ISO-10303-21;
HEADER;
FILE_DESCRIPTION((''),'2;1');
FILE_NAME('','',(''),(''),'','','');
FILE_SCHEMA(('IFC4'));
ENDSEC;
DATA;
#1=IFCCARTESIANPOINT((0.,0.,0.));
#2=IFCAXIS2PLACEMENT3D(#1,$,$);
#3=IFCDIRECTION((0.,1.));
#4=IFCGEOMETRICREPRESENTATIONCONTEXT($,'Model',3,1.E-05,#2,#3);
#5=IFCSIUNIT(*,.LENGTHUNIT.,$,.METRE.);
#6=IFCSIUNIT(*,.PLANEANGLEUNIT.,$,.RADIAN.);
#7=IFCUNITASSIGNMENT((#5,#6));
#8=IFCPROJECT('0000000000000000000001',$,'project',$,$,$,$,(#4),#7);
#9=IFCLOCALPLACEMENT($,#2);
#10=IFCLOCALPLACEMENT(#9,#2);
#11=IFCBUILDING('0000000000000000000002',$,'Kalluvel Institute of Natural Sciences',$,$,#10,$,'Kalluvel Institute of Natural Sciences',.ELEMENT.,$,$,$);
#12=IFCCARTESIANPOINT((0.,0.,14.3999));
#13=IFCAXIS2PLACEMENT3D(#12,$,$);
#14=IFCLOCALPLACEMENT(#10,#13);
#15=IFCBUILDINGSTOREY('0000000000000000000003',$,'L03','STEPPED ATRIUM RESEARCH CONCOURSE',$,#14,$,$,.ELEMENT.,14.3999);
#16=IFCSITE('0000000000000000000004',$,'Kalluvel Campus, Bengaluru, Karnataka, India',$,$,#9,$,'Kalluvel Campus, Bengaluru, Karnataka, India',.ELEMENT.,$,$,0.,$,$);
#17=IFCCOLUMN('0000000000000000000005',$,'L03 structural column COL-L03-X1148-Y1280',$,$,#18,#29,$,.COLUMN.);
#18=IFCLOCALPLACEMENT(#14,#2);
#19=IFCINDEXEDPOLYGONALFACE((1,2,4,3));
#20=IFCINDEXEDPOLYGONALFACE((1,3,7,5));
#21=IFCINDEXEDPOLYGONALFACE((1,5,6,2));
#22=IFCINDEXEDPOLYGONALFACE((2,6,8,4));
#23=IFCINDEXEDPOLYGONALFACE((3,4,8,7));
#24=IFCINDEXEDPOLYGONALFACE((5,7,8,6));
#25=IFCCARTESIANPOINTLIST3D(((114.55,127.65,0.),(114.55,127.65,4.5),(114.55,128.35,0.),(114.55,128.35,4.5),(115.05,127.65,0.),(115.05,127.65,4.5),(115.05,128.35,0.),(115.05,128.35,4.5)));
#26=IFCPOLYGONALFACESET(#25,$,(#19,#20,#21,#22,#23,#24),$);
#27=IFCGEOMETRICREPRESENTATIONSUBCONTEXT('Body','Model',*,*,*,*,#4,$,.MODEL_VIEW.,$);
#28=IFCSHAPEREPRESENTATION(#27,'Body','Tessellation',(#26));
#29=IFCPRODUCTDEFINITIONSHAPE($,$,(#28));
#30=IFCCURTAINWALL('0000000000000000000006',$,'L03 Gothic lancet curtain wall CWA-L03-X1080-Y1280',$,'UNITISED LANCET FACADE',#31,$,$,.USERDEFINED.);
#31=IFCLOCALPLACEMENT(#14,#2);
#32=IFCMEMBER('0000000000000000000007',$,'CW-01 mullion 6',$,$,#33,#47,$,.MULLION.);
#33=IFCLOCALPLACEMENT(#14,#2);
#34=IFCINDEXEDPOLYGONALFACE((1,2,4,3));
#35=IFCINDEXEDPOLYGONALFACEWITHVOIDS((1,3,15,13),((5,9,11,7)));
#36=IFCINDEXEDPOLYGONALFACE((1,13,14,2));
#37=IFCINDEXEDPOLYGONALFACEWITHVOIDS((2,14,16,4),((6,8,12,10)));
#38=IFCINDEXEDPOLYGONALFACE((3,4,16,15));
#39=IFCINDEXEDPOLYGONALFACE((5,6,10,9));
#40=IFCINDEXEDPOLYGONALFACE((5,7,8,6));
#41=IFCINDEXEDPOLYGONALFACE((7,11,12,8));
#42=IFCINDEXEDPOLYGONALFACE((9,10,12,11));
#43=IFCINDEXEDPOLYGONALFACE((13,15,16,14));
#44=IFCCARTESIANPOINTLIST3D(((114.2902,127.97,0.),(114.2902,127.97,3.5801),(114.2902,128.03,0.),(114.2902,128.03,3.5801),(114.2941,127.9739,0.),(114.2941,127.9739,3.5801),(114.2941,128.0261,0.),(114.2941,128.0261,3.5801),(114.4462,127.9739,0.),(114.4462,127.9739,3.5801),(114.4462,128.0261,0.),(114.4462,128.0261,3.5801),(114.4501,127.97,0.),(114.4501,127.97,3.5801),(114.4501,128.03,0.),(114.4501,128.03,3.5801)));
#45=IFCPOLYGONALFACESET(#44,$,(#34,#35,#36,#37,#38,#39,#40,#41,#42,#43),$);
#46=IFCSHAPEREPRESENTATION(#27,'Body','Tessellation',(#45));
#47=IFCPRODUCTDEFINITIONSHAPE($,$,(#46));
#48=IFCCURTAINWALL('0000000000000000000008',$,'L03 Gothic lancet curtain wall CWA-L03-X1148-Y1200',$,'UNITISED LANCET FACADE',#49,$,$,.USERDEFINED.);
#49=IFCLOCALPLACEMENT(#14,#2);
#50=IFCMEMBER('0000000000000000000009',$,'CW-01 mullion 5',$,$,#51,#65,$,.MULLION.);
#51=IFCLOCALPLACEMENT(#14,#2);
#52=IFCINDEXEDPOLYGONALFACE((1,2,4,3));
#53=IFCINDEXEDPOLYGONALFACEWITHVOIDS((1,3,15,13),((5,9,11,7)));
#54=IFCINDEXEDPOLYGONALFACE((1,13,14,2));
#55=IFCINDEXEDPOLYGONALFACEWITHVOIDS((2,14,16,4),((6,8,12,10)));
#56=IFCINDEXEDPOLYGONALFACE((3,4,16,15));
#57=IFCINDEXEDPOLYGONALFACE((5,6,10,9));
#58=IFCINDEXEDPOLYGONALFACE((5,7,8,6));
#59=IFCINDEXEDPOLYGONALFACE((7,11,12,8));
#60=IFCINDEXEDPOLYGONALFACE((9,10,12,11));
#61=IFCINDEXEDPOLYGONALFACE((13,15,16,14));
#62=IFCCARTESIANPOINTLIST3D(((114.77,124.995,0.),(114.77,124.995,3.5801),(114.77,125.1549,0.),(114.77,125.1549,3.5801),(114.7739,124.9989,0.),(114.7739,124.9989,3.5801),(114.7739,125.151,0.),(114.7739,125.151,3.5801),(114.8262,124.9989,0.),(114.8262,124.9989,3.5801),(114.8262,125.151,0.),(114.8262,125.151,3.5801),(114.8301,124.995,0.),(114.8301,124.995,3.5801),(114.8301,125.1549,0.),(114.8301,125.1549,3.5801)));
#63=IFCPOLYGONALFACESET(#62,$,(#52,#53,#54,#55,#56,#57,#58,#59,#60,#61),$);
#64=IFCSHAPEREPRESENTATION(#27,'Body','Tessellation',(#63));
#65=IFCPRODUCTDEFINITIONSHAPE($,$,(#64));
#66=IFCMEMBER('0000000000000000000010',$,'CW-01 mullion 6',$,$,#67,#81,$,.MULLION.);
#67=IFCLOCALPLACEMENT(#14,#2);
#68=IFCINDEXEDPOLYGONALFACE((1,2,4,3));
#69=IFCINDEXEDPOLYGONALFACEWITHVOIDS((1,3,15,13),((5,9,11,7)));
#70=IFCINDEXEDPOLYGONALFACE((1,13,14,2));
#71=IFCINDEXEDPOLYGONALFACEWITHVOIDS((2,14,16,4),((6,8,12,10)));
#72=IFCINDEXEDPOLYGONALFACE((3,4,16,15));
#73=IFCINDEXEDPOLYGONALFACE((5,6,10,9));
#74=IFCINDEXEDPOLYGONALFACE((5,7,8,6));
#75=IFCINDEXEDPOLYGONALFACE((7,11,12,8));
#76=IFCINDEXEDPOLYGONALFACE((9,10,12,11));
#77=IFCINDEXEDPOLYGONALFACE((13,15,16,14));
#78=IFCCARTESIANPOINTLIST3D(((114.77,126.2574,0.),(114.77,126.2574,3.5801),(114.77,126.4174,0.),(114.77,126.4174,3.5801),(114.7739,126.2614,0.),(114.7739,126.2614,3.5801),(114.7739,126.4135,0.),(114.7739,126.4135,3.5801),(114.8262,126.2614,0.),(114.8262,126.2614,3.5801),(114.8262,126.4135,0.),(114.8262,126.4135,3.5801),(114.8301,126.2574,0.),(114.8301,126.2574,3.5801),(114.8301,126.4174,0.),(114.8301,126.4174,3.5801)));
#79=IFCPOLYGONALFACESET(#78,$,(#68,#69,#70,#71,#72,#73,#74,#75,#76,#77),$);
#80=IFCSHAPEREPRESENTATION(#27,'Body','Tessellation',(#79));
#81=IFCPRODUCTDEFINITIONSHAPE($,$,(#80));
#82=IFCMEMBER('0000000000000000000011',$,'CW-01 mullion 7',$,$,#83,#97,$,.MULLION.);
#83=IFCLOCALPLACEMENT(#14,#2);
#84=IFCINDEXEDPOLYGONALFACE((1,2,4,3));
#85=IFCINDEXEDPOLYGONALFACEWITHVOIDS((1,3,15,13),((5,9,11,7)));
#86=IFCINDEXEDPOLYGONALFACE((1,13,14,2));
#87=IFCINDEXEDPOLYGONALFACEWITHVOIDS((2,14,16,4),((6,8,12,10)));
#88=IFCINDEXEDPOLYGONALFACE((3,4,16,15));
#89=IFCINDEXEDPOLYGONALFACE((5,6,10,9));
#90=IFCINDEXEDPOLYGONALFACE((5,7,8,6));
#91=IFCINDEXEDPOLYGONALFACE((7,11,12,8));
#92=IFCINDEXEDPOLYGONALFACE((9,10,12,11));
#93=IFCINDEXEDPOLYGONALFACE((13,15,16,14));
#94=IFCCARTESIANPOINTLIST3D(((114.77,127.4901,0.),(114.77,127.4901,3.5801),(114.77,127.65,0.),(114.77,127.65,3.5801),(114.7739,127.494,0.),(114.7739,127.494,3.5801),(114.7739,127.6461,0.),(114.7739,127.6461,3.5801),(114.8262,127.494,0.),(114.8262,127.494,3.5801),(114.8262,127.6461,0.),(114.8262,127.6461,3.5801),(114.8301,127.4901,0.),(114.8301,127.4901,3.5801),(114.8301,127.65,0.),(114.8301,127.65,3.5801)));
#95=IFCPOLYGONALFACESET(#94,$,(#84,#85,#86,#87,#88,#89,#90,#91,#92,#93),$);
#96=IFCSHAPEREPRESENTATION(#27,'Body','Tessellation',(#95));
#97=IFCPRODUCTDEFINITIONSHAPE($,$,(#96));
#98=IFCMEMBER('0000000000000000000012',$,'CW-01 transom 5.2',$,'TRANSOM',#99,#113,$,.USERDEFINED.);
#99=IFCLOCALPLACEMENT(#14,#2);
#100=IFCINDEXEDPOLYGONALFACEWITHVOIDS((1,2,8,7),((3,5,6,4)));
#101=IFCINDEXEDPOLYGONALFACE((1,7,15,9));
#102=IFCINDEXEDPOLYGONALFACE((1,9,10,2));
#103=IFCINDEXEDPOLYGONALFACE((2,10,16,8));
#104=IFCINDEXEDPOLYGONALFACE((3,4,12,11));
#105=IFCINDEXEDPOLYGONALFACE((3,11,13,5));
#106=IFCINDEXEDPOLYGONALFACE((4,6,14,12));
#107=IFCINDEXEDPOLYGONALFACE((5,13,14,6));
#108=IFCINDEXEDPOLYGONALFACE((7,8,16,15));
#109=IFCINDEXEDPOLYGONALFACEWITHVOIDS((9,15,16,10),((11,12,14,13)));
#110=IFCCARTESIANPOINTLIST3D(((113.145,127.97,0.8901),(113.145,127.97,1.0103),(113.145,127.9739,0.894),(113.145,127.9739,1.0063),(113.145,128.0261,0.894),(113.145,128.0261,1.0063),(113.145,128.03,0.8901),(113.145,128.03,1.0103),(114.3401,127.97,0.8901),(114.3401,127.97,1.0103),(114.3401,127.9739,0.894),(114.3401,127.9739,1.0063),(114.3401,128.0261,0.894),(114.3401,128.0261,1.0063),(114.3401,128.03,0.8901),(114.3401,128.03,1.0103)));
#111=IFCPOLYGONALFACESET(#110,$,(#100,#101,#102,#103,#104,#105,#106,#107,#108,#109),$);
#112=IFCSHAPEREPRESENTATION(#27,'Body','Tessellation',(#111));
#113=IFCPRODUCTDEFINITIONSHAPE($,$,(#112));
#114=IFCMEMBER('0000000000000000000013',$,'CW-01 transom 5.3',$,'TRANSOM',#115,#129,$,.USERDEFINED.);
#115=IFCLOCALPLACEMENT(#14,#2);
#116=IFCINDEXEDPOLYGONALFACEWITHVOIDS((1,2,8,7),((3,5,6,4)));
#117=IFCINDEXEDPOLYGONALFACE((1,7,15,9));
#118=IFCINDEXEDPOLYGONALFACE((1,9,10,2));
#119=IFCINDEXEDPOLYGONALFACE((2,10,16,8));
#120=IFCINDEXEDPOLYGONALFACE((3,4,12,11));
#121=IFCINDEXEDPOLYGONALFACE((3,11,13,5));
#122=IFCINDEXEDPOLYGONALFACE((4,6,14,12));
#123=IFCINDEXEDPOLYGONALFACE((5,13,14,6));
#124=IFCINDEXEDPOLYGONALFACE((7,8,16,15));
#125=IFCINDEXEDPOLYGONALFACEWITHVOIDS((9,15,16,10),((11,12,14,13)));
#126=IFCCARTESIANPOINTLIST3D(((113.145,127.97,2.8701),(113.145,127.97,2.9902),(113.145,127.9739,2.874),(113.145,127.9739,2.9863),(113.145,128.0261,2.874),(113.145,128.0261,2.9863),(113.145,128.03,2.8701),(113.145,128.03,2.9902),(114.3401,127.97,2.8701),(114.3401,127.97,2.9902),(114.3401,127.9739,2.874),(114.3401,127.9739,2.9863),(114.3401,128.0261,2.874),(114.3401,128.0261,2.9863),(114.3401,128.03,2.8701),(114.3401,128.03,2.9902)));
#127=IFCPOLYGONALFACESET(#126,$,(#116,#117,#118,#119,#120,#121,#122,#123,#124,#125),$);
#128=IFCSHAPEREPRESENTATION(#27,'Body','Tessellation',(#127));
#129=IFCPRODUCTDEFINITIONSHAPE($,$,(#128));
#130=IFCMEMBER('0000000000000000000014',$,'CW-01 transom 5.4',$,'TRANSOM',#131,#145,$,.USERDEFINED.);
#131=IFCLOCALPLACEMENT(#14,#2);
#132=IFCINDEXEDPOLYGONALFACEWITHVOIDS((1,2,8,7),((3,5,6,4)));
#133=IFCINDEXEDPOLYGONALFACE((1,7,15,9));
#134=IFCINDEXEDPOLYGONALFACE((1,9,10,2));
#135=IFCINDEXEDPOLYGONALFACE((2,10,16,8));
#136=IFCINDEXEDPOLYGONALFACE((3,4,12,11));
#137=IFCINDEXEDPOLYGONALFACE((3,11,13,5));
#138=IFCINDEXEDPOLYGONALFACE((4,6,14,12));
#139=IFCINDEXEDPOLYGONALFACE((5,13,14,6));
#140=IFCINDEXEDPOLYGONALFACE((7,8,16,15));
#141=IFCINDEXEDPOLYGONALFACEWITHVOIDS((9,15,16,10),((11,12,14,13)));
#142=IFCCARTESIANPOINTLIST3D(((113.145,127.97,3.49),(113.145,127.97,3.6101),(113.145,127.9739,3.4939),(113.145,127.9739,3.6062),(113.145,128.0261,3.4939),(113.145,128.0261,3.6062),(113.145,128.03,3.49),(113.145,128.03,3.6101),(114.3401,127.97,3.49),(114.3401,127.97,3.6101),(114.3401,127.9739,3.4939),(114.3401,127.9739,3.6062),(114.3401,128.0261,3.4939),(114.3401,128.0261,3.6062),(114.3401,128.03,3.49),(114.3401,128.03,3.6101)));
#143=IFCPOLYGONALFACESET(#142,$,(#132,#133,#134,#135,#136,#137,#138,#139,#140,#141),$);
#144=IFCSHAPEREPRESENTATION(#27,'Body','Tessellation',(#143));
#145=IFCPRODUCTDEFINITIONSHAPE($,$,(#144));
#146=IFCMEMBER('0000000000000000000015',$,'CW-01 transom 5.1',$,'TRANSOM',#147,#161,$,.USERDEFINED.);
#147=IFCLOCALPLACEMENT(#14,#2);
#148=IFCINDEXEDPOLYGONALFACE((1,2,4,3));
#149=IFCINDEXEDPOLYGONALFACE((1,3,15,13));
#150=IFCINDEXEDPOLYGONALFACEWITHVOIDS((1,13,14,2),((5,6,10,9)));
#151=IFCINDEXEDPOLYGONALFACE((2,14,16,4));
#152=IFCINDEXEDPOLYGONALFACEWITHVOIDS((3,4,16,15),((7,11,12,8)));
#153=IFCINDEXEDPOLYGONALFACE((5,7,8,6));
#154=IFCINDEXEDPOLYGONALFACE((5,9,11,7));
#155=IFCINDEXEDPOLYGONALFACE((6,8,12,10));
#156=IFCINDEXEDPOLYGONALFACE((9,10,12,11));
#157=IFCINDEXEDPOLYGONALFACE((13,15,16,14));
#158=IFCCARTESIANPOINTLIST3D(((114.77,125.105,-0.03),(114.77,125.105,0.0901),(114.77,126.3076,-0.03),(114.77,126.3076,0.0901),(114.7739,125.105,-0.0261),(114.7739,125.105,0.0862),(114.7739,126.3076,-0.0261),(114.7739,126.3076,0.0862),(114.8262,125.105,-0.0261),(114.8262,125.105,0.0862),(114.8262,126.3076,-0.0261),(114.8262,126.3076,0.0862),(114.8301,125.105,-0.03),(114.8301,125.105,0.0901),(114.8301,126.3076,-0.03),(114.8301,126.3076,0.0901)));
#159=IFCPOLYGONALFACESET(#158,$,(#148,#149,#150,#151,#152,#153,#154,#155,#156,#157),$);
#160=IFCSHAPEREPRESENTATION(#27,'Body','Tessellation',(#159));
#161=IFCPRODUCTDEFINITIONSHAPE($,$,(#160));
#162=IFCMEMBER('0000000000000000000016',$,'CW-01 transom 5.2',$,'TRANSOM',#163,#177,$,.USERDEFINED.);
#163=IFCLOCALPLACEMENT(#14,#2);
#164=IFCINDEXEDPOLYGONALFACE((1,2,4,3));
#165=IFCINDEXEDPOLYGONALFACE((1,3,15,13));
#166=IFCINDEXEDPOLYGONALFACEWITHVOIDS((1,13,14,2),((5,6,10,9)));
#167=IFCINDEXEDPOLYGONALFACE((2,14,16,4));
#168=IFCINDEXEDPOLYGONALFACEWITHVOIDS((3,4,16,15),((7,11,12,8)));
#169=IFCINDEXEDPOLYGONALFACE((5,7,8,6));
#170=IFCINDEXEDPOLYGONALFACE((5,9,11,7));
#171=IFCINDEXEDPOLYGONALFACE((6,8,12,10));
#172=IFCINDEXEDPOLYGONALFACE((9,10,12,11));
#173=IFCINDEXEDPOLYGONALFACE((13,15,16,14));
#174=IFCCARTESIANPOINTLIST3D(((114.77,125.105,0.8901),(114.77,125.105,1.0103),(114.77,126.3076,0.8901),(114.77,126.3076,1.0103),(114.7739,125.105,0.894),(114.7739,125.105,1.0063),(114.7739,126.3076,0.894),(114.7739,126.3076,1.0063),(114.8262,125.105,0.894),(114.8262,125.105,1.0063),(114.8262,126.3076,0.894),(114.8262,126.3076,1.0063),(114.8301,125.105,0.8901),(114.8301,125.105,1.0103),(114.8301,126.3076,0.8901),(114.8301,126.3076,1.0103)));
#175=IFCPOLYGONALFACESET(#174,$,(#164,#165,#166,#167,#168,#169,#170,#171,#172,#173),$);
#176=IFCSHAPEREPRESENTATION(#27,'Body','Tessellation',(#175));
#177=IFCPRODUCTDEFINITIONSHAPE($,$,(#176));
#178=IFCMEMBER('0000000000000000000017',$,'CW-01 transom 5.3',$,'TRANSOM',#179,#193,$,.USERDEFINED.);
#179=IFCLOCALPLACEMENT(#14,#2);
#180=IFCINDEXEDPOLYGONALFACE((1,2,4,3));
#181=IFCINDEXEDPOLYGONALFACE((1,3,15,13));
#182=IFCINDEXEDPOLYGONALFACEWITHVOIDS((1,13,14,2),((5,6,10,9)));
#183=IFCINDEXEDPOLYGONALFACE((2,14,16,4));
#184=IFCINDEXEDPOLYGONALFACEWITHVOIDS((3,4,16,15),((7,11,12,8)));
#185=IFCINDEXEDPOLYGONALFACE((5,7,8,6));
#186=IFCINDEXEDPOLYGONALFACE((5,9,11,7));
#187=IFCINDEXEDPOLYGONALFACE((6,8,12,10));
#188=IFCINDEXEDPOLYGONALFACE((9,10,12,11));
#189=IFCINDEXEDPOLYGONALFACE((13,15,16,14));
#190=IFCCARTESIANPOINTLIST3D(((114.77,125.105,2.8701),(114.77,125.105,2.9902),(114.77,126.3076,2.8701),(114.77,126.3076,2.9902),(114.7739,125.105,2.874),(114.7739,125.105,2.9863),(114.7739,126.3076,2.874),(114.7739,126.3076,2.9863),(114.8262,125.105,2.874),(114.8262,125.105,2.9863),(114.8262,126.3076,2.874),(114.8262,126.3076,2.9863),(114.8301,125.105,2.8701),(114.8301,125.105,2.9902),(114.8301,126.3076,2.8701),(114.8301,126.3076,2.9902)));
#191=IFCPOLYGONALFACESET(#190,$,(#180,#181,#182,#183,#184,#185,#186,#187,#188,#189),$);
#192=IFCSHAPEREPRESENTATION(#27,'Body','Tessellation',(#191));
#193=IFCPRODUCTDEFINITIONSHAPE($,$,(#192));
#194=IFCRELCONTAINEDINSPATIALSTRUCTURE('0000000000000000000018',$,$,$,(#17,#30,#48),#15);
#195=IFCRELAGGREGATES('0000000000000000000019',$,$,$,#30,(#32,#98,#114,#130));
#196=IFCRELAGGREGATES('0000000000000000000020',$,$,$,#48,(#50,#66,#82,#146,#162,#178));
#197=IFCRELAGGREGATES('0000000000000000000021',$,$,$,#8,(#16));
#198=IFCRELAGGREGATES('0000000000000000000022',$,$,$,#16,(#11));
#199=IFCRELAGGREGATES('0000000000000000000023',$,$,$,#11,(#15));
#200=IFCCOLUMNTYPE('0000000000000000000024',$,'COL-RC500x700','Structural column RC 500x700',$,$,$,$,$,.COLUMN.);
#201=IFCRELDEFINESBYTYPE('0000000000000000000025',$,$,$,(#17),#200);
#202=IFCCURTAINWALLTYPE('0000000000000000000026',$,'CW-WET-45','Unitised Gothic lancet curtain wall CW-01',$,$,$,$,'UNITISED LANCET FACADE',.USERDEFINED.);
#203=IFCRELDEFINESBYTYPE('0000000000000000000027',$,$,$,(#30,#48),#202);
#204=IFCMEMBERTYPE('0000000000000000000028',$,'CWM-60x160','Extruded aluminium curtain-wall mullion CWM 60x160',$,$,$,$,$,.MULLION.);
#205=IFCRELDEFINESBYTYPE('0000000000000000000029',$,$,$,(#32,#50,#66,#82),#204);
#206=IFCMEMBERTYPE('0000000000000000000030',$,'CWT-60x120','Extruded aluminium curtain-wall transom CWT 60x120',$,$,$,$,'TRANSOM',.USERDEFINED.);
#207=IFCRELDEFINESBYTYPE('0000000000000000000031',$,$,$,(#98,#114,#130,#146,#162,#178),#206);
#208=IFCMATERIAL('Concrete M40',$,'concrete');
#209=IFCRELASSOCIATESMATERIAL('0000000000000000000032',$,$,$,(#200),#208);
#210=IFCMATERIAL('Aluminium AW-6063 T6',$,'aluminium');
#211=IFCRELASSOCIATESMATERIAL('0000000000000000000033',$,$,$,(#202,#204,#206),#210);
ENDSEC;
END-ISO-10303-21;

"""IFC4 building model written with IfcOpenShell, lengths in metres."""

from ifc_helpers import new_model, si_unit, direction, frame, origin, origin_2d, place, context, subcontext, project, spatial, rectangle, hollow_rectangle, extrude, material, material_profile, profile_set, type_object, element, aggregate, save


model = new_model("IFC4")

# Units and contexts
model_context = context("Model", 3, precision=1e-05, world=origin(), true_north=direction((0.0, 1.0)))
body_context = subcontext(model_context, "Body", "Model", "MODEL_VIEW")
ifc_project = project(units=[si_unit("LENGTHUNIT", "METRE"), si_unit("PLANEANGLEUNIT", "RADIAN")], contexts=[model_context])

# Site, building, storey
site_placement = place(None, origin())
site = spatial("IfcSite", under=ifc_project, at=site_placement, Name="Kalluvel Campus, Bengaluru, Karnataka, India", LongName="Kalluvel Campus, Bengaluru, Karnataka, India", CompositionType="ELEMENT", RefElevation=0.0)
building_placement = place(site_placement, origin())
building = spatial("IfcBuilding", under=site, at=building_placement, Name="Kalluvel Institute of Natural Sciences", LongName="Kalluvel Institute of Natural Sciences", CompositionType="ELEMENT")
storey_placement = place(building_placement, frame((0.0, 0.0, 14.3999)))
storey = spatial("IfcBuildingStorey", under=building, at=storey_placement, Name="L03", Description="STEPPED ATRIUM RESEARCH CONCOURSE", CompositionType="ELEMENT", Elevation=14.3999)

# Column
ifc_material_1 = material(Name="Concrete M40", Category="concrete")
ifc_material_profile_1 = material_profile(ifc_material_1, rectangle(XDim=0.5, YDim=0.7, at=origin_2d()), Name="RC 500x700")
ifc_profile_set_1 = profile_set([ifc_material_profile_1], Name="Concrete M40")
column_type = type_object("IfcColumnType", Name="COL-RC500x700", Description="Structural column RC 500x700", PredefinedType="COLUMN", material=ifc_profile_set_1)
column_placement = place(storey_placement, frame((114.8, 128.0, 0.0), z_axis=(0.0, 0.0, 1.0), x_axis=(1.0, 0.0, 0.0)))
element("IfcColumn", 1, at=column_placement, inside=storey, type_object=column_type, Name="L03 structural column COL-L03-X1148-Y1280", PredefinedType="COLUMN", context=body_context, shape_type="SweptSolid", body=[
    extrude(rectangle(XDim=0.5, YDim=0.7, at=origin_2d()), origin(), (0.0, 0.0, 1.0), 4.5),
])

# Curtain wall, member
ifc_material_2 = material(Name="Aluminium AW-6063 T6", Category="aluminium")
curtain_wall_type = type_object("IfcCurtainWallType", Name="CW-WET-45", Description="Unitised Gothic lancet curtain wall CW-01", ElementType="UNITISED LANCET FACADE", PredefinedType="USERDEFINED", material=ifc_material_2)
curtain_wall_1_placement = place(storey_placement, origin())
curtain_wall_1 = element("IfcCurtainWall", 2, at=curtain_wall_1_placement, inside=storey, type_object=curtain_wall_type, Name="L03 Gothic lancet curtain wall CWA-L03-X1080-Y1280", ObjectType="UNITISED LANCET FACADE", PredefinedType="USERDEFINED")
ifc_material_profile_2 = material_profile(ifc_material_2, hollow_rectangle(XDim=0.0601, YDim=0.1599, WallThickness=0.0039, at=origin_2d()), Name="CWM 60x160")
ifc_profile_set_2 = profile_set([ifc_material_profile_2], Name="Aluminium AW-6063 T6")
member_type_1 = type_object("IfcMemberType", Name="CWM-60x160", Description="Extruded aluminium curtain-wall mullion CWM 60x160", PredefinedType="MULLION", material=ifc_profile_set_2)
member_1_placement = place(storey_placement, frame((114.3701, 128.0, 0.0), z_axis=(0.0, 0.0, 1.0), x_axis=(0.0, 1.0, 0.0)))
member_1 = element("IfcMember", 3, at=member_1_placement, type_object=member_type_1, Name="CW-01 mullion 6", PredefinedType="MULLION", context=body_context, shape_type="SweptSolid", body=[
    extrude(hollow_rectangle(XDim=0.0601, YDim=0.1599, WallThickness=0.0039, at=origin_2d()), origin(), (0.0, 0.0, 1.0), 3.5801),
])

# Curtain wall, members
curtain_wall_2_placement = place(storey_placement, origin())
curtain_wall_2 = element("IfcCurtainWall", 4, at=curtain_wall_2_placement, inside=storey, type_object=curtain_wall_type, Name="L03 Gothic lancet curtain wall CWA-L03-X1148-Y1200", ObjectType="UNITISED LANCET FACADE", PredefinedType="USERDEFINED")
member_2_placement = place(storey_placement, frame((114.8, 125.075, 0.0), z_axis=(0.0, 0.0, 1.0), x_axis=(-1.0, 0.0, 0.0)))
member_2 = element("IfcMember", 5, at=member_2_placement, type_object=member_type_1, Name="CW-01 mullion 5", PredefinedType="MULLION", context=body_context, shape_type="SweptSolid", body=[
    extrude(hollow_rectangle(XDim=0.0601, YDim=0.1599, WallThickness=0.0039, at=origin_2d()), origin(), (0.0, 0.0, 1.0), 3.5801),
])
member_3_placement = place(storey_placement, frame((114.8, 126.3374, 0.0), z_axis=(0.0, 0.0, 1.0), x_axis=(-1.0, 0.0, 0.0)))
member_3 = element("IfcMember", 6, at=member_3_placement, type_object=member_type_1, Name="CW-01 mullion 6", PredefinedType="MULLION", context=body_context, shape_type="SweptSolid", body=[
    extrude(hollow_rectangle(XDim=0.0601, YDim=0.1599, WallThickness=0.0039, at=origin_2d()), origin(), (0.0, 0.0, 1.0), 3.5801),
])
member_4_placement = place(storey_placement, frame((114.8, 127.5701, 0.0), z_axis=(0.0, 0.0, 1.0), x_axis=(-1.0, 0.0, 0.0)))
member_4 = element("IfcMember", 7, at=member_4_placement, type_object=member_type_1, Name="CW-01 mullion 7", PredefinedType="MULLION", context=body_context, shape_type="SweptSolid", body=[
    extrude(hollow_rectangle(XDim=0.0601, YDim=0.1599, WallThickness=0.0039, at=origin_2d()), origin(), (0.0, 0.0, 1.0), 3.5801),
])

# Members
ifc_material_profile_3 = material_profile(ifc_material_2, hollow_rectangle(XDim=0.0601, YDim=0.1201, WallThickness=0.0039, at=origin_2d()), Name="CWT 60x120")
ifc_profile_set_3 = profile_set([ifc_material_profile_3], Name="Aluminium AW-6063 T6")
member_type_2 = type_object("IfcMemberType", Name="CWT-60x120", Description="Extruded aluminium curtain-wall transom CWT 60x120", ElementType="TRANSOM", PredefinedType="USERDEFINED", material=ifc_profile_set_3)
member_5_placement = place(storey_placement, frame((113.145, 128.0, 0.9502), z_axis=(1.0, 0.0, 0.0), x_axis=(0.0, 1.0, 0.0)))
member_5 = element("IfcMember", 8, at=member_5_placement, type_object=member_type_2, Name="CW-01 transom 5.2", ObjectType="TRANSOM", PredefinedType="USERDEFINED", context=body_context, shape_type="SweptSolid", body=[
    extrude(hollow_rectangle(XDim=0.0601, YDim=0.1201, WallThickness=0.0039, at=origin_2d()), origin(), (0.0, 0.0, 1.0), 1.1951),
])
member_6_placement = place(storey_placement, frame((113.145, 128.0, 2.9302), z_axis=(1.0, 0.0, 0.0), x_axis=(0.0, 1.0, 0.0)))
member_6 = element("IfcMember", 9, at=member_6_placement, type_object=member_type_2, Name="CW-01 transom 5.3", ObjectType="TRANSOM", PredefinedType="USERDEFINED", context=body_context, shape_type="SweptSolid", body=[
    extrude(hollow_rectangle(XDim=0.0601, YDim=0.1201, WallThickness=0.0039, at=origin_2d()), origin(), (0.0, 0.0, 1.0), 1.1951),
])
member_7_placement = place(storey_placement, frame((113.145, 128.0, 3.55), z_axis=(1.0, 0.0, 0.0), x_axis=(0.0, 1.0, 0.0)))
member_7 = element("IfcMember", 10, at=member_7_placement, type_object=member_type_2, Name="CW-01 transom 5.4", ObjectType="TRANSOM", PredefinedType="USERDEFINED", context=body_context, shape_type="SweptSolid", body=[
    extrude(hollow_rectangle(XDim=0.0601, YDim=0.1201, WallThickness=0.0039, at=origin_2d()), origin(), (0.0, 0.0, 1.0), 1.1951),
])
member_8_placement = place(storey_placement, frame((114.8, 125.105, 0.03), z_axis=(0.0, 1.0, 0.0), x_axis=(-1.0, 0.0, 0.0)))
member_8 = element("IfcMember", 11, at=member_8_placement, type_object=member_type_2, Name="CW-01 transom 5.1", ObjectType="TRANSOM", PredefinedType="USERDEFINED", context=body_context, shape_type="SweptSolid", body=[
    extrude(hollow_rectangle(XDim=0.0601, YDim=0.1201, WallThickness=0.0039, at=origin_2d()), origin(), (0.0, 0.0, 1.0), 1.2026),
])
member_9_placement = place(storey_placement, frame((114.8, 125.105, 0.9502), z_axis=(0.0, 1.0, 0.0), x_axis=(-1.0, 0.0, 0.0)))
member_9 = element("IfcMember", 12, at=member_9_placement, type_object=member_type_2, Name="CW-01 transom 5.2", ObjectType="TRANSOM", PredefinedType="USERDEFINED", context=body_context, shape_type="SweptSolid", body=[
    extrude(hollow_rectangle(XDim=0.0601, YDim=0.1201, WallThickness=0.0039, at=origin_2d()), origin(), (0.0, 0.0, 1.0), 1.2026),
])
member_10_placement = place(storey_placement, frame((114.8, 125.105, 2.9302), z_axis=(0.0, 1.0, 0.0), x_axis=(-1.0, 0.0, 0.0)))
member_10 = element("IfcMember", 13, at=member_10_placement, type_object=member_type_2, Name="CW-01 transom 5.3", ObjectType="TRANSOM", PredefinedType="USERDEFINED", context=body_context, shape_type="SweptSolid", body=[
    extrude(hollow_rectangle(XDim=0.0601, YDim=0.1201, WallThickness=0.0039, at=origin_2d()), origin(), (0.0, 0.0, 1.0), 1.2026),
])

aggregate(curtain_wall_1, [member_1, member_5, member_6, member_7])
aggregate(curtain_wall_2, [member_2, member_3, member_4, member_8, member_9, member_10])

save(model, "model.ifc")
